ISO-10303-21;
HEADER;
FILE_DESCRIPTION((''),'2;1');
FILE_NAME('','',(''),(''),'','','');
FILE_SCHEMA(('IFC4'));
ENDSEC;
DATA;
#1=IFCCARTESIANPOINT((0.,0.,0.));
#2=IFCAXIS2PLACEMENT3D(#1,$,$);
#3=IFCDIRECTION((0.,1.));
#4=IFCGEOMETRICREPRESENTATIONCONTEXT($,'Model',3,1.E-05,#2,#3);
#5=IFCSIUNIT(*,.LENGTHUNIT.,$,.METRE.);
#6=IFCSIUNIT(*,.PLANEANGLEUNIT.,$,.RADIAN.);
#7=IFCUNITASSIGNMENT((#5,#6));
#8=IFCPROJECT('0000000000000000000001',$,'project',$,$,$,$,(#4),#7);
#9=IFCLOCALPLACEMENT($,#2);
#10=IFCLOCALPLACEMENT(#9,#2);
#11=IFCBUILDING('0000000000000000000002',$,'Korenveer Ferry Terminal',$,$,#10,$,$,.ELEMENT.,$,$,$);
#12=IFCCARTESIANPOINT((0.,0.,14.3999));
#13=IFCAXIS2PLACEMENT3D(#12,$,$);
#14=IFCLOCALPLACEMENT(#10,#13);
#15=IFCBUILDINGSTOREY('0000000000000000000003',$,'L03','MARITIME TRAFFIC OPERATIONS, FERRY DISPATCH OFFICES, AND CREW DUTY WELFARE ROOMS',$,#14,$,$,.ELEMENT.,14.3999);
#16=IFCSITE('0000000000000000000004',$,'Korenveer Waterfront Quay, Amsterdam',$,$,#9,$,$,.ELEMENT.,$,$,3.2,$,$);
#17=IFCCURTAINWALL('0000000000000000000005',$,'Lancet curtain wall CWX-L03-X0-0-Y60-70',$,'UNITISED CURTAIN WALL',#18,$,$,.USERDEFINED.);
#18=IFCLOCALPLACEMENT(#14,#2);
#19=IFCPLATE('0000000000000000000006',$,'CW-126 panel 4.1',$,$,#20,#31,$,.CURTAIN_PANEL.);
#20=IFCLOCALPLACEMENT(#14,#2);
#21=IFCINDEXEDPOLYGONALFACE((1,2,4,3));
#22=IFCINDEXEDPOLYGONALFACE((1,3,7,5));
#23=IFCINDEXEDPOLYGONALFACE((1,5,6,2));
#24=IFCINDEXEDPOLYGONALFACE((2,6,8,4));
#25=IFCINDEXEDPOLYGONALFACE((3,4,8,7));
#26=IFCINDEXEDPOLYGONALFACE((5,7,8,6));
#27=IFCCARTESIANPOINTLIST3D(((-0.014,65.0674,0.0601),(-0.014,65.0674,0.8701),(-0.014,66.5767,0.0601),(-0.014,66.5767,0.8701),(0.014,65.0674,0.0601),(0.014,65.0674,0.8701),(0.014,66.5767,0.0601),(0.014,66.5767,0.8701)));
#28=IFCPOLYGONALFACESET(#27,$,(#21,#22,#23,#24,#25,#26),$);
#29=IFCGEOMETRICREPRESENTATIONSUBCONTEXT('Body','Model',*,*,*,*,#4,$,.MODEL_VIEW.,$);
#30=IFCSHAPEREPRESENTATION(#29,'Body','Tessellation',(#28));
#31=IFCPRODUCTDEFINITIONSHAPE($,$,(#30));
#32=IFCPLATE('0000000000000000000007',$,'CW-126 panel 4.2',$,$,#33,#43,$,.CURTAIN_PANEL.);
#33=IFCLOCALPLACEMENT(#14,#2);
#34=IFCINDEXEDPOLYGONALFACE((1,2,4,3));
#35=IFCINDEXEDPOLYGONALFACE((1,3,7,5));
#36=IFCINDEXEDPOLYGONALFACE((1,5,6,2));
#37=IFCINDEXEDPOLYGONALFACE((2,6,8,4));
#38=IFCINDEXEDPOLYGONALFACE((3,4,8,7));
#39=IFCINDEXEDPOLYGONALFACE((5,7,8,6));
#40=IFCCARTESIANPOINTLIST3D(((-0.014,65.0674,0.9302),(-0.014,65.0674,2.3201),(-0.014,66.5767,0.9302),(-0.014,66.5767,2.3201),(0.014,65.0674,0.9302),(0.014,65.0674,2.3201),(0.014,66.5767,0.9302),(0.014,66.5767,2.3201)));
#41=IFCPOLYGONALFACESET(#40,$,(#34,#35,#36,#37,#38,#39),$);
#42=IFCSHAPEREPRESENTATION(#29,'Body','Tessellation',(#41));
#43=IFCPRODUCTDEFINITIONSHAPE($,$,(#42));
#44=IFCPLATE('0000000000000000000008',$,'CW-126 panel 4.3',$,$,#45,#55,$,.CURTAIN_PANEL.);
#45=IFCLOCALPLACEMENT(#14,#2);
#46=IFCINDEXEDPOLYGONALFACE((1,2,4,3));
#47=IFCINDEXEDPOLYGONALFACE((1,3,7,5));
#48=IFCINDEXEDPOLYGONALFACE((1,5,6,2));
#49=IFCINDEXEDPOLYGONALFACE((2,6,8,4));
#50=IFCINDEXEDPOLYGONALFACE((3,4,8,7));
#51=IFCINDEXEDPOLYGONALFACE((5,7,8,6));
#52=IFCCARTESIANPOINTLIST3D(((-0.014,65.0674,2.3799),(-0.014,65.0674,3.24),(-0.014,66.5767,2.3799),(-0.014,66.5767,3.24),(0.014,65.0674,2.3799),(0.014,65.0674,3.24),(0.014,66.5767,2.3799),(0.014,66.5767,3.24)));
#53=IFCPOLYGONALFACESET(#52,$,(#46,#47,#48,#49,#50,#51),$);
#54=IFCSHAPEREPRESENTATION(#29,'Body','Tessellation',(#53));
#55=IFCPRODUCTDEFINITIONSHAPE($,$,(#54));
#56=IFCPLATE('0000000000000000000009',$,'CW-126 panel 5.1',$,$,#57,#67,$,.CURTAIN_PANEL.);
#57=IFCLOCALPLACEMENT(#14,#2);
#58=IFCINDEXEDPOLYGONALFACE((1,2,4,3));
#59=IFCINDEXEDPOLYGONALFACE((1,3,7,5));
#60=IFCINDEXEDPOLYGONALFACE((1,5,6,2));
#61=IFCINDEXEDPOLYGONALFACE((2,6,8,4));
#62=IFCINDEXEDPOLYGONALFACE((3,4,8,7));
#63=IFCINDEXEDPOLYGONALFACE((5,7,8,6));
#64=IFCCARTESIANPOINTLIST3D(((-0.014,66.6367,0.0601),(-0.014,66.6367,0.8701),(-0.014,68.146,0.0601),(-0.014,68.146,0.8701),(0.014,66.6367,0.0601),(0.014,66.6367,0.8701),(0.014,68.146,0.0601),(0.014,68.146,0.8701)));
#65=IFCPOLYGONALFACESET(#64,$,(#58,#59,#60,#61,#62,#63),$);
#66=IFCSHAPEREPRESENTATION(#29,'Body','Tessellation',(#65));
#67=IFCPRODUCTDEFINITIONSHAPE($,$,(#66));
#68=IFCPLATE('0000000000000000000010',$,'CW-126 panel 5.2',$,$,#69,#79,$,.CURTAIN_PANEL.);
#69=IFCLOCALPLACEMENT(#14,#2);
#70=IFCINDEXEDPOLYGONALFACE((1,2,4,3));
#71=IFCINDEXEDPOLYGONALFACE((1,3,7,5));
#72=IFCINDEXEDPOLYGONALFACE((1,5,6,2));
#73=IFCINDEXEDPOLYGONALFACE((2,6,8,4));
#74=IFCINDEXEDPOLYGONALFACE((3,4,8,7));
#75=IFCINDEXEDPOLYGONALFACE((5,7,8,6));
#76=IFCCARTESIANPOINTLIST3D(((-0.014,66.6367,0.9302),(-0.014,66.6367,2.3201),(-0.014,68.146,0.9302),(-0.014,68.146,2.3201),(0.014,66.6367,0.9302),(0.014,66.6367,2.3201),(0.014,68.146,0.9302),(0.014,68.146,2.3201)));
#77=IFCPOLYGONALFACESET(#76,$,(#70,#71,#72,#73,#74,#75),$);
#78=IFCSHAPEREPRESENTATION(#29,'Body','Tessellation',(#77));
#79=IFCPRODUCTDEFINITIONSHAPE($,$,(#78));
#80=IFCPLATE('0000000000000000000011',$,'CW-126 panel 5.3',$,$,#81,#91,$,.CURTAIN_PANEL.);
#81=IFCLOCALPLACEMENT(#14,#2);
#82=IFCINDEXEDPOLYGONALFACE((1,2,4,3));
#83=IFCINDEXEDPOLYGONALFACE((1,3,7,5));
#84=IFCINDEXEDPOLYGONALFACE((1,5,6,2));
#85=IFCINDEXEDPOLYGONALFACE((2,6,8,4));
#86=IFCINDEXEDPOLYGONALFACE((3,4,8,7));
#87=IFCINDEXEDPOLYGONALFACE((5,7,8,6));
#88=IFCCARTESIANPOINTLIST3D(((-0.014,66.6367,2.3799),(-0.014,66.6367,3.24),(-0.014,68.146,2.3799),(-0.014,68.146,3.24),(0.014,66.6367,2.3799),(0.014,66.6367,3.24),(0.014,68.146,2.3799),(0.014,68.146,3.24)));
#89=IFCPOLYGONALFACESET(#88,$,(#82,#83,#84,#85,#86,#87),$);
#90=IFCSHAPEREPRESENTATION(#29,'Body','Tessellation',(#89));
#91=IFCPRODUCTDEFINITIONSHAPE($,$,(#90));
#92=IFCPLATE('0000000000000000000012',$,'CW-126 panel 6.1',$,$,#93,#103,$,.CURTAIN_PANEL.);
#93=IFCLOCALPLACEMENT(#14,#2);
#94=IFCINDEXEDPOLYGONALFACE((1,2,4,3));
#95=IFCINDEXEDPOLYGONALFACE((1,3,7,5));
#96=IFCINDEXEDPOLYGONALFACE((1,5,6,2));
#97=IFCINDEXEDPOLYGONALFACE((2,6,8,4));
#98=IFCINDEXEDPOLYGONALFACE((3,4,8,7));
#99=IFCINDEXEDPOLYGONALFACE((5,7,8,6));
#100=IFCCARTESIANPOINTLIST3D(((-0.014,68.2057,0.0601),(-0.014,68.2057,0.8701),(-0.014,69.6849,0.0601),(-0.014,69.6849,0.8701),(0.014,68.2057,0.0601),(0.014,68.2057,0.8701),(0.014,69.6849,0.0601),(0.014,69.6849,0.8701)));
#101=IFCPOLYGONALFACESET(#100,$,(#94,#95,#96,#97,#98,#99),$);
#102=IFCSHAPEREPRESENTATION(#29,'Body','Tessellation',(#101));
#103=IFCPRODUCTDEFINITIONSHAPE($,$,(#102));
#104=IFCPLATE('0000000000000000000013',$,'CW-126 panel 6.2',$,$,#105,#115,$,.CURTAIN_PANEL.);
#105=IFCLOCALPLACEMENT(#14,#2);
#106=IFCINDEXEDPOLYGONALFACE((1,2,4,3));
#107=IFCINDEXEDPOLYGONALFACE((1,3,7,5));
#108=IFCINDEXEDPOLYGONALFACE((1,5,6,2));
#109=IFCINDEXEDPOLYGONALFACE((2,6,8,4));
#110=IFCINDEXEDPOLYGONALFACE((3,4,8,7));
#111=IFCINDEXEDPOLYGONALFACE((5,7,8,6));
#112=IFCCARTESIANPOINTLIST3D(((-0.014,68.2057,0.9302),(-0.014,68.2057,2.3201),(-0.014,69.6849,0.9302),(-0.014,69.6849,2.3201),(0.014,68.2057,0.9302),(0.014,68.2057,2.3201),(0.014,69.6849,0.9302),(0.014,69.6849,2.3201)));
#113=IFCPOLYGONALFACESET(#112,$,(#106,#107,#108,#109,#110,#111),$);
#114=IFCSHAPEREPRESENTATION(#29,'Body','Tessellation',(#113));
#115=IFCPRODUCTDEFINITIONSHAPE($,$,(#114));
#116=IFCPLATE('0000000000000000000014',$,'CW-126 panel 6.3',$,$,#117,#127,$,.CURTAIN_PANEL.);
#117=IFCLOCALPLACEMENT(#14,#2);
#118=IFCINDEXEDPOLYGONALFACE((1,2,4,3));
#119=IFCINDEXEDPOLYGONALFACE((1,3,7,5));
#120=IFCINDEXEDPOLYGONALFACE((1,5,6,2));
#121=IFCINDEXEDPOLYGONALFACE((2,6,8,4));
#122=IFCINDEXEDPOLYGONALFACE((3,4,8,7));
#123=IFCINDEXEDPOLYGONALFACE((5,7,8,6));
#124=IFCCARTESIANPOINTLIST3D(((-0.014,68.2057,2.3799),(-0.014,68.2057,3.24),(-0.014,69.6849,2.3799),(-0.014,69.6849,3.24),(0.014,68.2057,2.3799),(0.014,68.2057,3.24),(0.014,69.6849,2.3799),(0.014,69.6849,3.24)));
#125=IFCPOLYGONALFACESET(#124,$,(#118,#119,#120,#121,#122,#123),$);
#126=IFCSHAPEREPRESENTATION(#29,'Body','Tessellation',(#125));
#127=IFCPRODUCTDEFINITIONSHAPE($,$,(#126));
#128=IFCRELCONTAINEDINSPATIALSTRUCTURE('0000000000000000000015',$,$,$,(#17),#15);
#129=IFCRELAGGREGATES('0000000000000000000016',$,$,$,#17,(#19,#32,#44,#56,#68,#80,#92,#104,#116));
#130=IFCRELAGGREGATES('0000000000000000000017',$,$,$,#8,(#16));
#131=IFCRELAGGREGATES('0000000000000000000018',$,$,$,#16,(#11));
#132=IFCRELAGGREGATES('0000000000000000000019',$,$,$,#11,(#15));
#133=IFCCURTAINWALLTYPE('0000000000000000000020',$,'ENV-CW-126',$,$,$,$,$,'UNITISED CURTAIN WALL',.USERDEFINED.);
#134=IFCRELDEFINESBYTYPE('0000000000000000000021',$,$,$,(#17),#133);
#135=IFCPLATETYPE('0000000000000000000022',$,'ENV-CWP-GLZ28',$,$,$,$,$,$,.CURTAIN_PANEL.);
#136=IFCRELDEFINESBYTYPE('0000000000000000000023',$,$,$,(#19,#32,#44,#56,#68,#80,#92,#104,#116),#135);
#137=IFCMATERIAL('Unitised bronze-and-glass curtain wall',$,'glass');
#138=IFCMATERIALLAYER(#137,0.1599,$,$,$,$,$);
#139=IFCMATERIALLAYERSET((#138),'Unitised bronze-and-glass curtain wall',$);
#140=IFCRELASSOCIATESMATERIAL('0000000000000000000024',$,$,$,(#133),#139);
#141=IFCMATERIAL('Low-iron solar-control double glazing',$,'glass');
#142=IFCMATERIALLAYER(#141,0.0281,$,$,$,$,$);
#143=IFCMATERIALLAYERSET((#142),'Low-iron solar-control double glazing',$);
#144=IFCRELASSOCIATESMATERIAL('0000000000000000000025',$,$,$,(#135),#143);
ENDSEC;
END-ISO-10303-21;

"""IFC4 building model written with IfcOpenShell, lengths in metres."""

from ifc_helpers import new_model, si_unit, direction, frame, origin, origin_2d, place, context, subcontext, project, spatial, rectangle, extrude, material, layer, layer_set, type_object, element, aggregate, save


model = new_model("IFC4")

# Units and contexts
model_context = context("Model", 3, precision=1e-05, world=origin(), true_north=direction((0.0, 1.0)))
body_context = subcontext(model_context, "Body", "Model", "MODEL_VIEW")
ifc_project = project(units=[si_unit("LENGTHUNIT", "METRE"), si_unit("PLANEANGLEUNIT", "RADIAN")], contexts=[model_context])

# Site, building, storey
site_placement = place(None, origin())
site = spatial("IfcSite", under=ifc_project, at=site_placement, Name="Korenveer Waterfront Quay, Amsterdam", CompositionType="ELEMENT", RefElevation=3.2)
building_placement = place(site_placement, origin())
building = spatial("IfcBuilding", under=site, at=building_placement, Name="Korenveer Ferry Terminal", CompositionType="ELEMENT")
storey_placement = place(building_placement, frame((0.0, 0.0, 14.3999)))
storey = spatial("IfcBuildingStorey", under=building, at=storey_placement, Name="L03", Description="MARITIME TRAFFIC OPERATIONS, FERRY DISPATCH OFFICES, AND CREW DUTY WELFARE ROOMS", CompositionType="ELEMENT", Elevation=14.3999)

# Curtain wall, plates
ifc_material_1 = material(Name="Unitised bronze-and-glass curtain wall", Category="glass")
ifc_layer_1 = layer(ifc_material_1, 0.1599)
ifc_layer_set_1 = layer_set([ifc_layer_1], Name="Unitised bronze-and-glass curtain wall")
curtain_wall_type = type_object("IfcCurtainWallType", Name="ENV-CW-126", ElementType="UNITISED CURTAIN WALL", PredefinedType="USERDEFINED", material=ifc_layer_set_1)
curtain_wall_placement = place(storey_placement, frame((0.0, 60.3301, 0.0)))
curtain_wall = element("IfcCurtainWall", 1, at=curtain_wall_placement, inside=storey, type_object=curtain_wall_type, Name="Lancet curtain wall CWX-L03-X0-0-Y60-70", ObjectType="UNITISED CURTAIN WALL", PredefinedType="USERDEFINED")
ifc_material_2 = material(Name="Low-iron solar-control double glazing", Category="glass")
ifc_layer_2 = layer(ifc_material_2, 0.0281)
ifc_layer_set_2 = layer_set([ifc_layer_2], Name="Low-iron solar-control double glazing")
plate_type = type_object("IfcPlateType", Name="ENV-CWP-GLZ28", PredefinedType="CURTAIN_PANEL", material=ifc_layer_set_2)
plate_1_placement = place(storey_placement, frame((0.0, 65.822, 0.0601), z_axis=(0.0, 0.0, 1.0), x_axis=(0.0, 1.0, 0.0)))
plate_1 = element("IfcPlate", 2, at=plate_1_placement, type_object=plate_type, Name="CW-126 panel 4.1", PredefinedType="CURTAIN_PANEL", context=body_context, shape_type="SweptSolid", body=[
    extrude(rectangle(XDim=1.5093, YDim=0.0281, at=origin_2d()), origin(), (0.0, 0.0, 1.0), 0.8101),
])
plate_2_placement = place(storey_placement, frame((0.0, 65.822, 0.9302), z_axis=(0.0, 0.0, 1.0), x_axis=(0.0, 1.0, 0.0)))
plate_2 = element("IfcPlate", 3, at=plate_2_placement, type_object=plate_type, Name="CW-126 panel 4.2", PredefinedType="CURTAIN_PANEL", context=body_context, shape_type="SweptSolid", body=[
    extrude(rectangle(XDim=1.5093, YDim=0.0281, at=origin_2d()), origin(), (0.0, 0.0, 1.0), 1.3899),
])
plate_3_placement = place(storey_placement, frame((0.0, 65.822, 2.3799), z_axis=(0.0, 0.0, 1.0), x_axis=(0.0, 1.0, 0.0)))
plate_3 = element("IfcPlate", 4, at=plate_3_placement, type_object=plate_type, Name="CW-126 panel 4.3", PredefinedType="CURTAIN_PANEL", context=body_context, shape_type="SweptSolid", body=[
    extrude(rectangle(XDim=1.5093, YDim=0.0281, at=origin_2d()), origin(), (0.0, 0.0, 1.0), 0.8601),
])
plate_4_placement = place(storey_placement, frame((0.0, 67.3914, 0.0601), z_axis=(0.0, 0.0, 1.0), x_axis=(0.0, 1.0, 0.0)))
plate_4 = element("IfcPlate", 5, at=plate_4_placement, type_object=plate_type, Name="CW-126 panel 5.1", PredefinedType="CURTAIN_PANEL", context=body_context, shape_type="SweptSolid", body=[
    extrude(rectangle(XDim=1.5093, YDim=0.0281, at=origin_2d()), origin(), (0.0, 0.0, 1.0), 0.8101),
])
plate_5_placement = place(storey_placement, frame((0.0, 67.3914, 0.9302), z_axis=(0.0, 0.0, 1.0), x_axis=(0.0, 1.0, 0.0)))
plate_5 = element("IfcPlate", 6, at=plate_5_placement, type_object=plate_type, Name="CW-126 panel 5.2", PredefinedType="CURTAIN_PANEL", context=body_context, shape_type="SweptSolid", body=[
    extrude(rectangle(XDim=1.5093, YDim=0.0281, at=origin_2d()), origin(), (0.0, 0.0, 1.0), 1.3899),
])
plate_6_placement = place(storey_placement, frame((0.0, 67.3914, 2.3799), z_axis=(0.0, 0.0, 1.0), x_axis=(0.0, 1.0, 0.0)))
plate_6 = element("IfcPlate", 7, at=plate_6_placement, type_object=plate_type, Name="CW-126 panel 5.3", PredefinedType="CURTAIN_PANEL", context=body_context, shape_type="SweptSolid", body=[
    extrude(rectangle(XDim=1.5093, YDim=0.0281, at=origin_2d()), origin(), (0.0, 0.0, 1.0), 0.8601),
])
plate_7_placement = place(storey_placement, frame((0.0, 68.9453, 0.0601), z_axis=(0.0, 0.0, 1.0), x_axis=(0.0, 1.0, 0.0)))
plate_7 = element("IfcPlate", 8, at=plate_7_placement, type_object=plate_type, Name="CW-126 panel 6.1", PredefinedType="CURTAIN_PANEL", context=body_context, shape_type="SweptSolid", body=[
    extrude(rectangle(XDim=1.4792, YDim=0.0281, at=origin_2d()), origin(), (0.0, 0.0, 1.0), 0.8101),
])
plate_8_placement = place(storey_placement, frame((0.0, 68.9453, 0.9302), z_axis=(0.0, 0.0, 1.0), x_axis=(0.0, 1.0, 0.0)))
plate_8 = element("IfcPlate", 9, at=plate_8_placement, type_object=plate_type, Name="CW-126 panel 6.2", PredefinedType="CURTAIN_PANEL", context=body_context, shape_type="SweptSolid", body=[
    extrude(rectangle(XDim=1.4792, YDim=0.0281, at=origin_2d()), origin(), (0.0, 0.0, 1.0), 1.3899),
])
plate_9_placement = place(storey_placement, frame((0.0, 68.9453, 2.3799), z_axis=(0.0, 0.0, 1.0), x_axis=(0.0, 1.0, 0.0)))
plate_9 = element("IfcPlate", 10, at=plate_9_placement, type_object=plate_type, Name="CW-126 panel 6.3", PredefinedType="CURTAIN_PANEL", context=body_context, shape_type="SweptSolid", body=[
    extrude(rectangle(XDim=1.4792, YDim=0.0281, at=origin_2d()), origin(), (0.0, 0.0, 1.0), 0.8601),
])
aggregate(curtain_wall, [plate_1, plate_2, plate_3, plate_4, plate_5, plate_6, plate_7, plate_8, plate_9])

save(model, "model.ifc")
